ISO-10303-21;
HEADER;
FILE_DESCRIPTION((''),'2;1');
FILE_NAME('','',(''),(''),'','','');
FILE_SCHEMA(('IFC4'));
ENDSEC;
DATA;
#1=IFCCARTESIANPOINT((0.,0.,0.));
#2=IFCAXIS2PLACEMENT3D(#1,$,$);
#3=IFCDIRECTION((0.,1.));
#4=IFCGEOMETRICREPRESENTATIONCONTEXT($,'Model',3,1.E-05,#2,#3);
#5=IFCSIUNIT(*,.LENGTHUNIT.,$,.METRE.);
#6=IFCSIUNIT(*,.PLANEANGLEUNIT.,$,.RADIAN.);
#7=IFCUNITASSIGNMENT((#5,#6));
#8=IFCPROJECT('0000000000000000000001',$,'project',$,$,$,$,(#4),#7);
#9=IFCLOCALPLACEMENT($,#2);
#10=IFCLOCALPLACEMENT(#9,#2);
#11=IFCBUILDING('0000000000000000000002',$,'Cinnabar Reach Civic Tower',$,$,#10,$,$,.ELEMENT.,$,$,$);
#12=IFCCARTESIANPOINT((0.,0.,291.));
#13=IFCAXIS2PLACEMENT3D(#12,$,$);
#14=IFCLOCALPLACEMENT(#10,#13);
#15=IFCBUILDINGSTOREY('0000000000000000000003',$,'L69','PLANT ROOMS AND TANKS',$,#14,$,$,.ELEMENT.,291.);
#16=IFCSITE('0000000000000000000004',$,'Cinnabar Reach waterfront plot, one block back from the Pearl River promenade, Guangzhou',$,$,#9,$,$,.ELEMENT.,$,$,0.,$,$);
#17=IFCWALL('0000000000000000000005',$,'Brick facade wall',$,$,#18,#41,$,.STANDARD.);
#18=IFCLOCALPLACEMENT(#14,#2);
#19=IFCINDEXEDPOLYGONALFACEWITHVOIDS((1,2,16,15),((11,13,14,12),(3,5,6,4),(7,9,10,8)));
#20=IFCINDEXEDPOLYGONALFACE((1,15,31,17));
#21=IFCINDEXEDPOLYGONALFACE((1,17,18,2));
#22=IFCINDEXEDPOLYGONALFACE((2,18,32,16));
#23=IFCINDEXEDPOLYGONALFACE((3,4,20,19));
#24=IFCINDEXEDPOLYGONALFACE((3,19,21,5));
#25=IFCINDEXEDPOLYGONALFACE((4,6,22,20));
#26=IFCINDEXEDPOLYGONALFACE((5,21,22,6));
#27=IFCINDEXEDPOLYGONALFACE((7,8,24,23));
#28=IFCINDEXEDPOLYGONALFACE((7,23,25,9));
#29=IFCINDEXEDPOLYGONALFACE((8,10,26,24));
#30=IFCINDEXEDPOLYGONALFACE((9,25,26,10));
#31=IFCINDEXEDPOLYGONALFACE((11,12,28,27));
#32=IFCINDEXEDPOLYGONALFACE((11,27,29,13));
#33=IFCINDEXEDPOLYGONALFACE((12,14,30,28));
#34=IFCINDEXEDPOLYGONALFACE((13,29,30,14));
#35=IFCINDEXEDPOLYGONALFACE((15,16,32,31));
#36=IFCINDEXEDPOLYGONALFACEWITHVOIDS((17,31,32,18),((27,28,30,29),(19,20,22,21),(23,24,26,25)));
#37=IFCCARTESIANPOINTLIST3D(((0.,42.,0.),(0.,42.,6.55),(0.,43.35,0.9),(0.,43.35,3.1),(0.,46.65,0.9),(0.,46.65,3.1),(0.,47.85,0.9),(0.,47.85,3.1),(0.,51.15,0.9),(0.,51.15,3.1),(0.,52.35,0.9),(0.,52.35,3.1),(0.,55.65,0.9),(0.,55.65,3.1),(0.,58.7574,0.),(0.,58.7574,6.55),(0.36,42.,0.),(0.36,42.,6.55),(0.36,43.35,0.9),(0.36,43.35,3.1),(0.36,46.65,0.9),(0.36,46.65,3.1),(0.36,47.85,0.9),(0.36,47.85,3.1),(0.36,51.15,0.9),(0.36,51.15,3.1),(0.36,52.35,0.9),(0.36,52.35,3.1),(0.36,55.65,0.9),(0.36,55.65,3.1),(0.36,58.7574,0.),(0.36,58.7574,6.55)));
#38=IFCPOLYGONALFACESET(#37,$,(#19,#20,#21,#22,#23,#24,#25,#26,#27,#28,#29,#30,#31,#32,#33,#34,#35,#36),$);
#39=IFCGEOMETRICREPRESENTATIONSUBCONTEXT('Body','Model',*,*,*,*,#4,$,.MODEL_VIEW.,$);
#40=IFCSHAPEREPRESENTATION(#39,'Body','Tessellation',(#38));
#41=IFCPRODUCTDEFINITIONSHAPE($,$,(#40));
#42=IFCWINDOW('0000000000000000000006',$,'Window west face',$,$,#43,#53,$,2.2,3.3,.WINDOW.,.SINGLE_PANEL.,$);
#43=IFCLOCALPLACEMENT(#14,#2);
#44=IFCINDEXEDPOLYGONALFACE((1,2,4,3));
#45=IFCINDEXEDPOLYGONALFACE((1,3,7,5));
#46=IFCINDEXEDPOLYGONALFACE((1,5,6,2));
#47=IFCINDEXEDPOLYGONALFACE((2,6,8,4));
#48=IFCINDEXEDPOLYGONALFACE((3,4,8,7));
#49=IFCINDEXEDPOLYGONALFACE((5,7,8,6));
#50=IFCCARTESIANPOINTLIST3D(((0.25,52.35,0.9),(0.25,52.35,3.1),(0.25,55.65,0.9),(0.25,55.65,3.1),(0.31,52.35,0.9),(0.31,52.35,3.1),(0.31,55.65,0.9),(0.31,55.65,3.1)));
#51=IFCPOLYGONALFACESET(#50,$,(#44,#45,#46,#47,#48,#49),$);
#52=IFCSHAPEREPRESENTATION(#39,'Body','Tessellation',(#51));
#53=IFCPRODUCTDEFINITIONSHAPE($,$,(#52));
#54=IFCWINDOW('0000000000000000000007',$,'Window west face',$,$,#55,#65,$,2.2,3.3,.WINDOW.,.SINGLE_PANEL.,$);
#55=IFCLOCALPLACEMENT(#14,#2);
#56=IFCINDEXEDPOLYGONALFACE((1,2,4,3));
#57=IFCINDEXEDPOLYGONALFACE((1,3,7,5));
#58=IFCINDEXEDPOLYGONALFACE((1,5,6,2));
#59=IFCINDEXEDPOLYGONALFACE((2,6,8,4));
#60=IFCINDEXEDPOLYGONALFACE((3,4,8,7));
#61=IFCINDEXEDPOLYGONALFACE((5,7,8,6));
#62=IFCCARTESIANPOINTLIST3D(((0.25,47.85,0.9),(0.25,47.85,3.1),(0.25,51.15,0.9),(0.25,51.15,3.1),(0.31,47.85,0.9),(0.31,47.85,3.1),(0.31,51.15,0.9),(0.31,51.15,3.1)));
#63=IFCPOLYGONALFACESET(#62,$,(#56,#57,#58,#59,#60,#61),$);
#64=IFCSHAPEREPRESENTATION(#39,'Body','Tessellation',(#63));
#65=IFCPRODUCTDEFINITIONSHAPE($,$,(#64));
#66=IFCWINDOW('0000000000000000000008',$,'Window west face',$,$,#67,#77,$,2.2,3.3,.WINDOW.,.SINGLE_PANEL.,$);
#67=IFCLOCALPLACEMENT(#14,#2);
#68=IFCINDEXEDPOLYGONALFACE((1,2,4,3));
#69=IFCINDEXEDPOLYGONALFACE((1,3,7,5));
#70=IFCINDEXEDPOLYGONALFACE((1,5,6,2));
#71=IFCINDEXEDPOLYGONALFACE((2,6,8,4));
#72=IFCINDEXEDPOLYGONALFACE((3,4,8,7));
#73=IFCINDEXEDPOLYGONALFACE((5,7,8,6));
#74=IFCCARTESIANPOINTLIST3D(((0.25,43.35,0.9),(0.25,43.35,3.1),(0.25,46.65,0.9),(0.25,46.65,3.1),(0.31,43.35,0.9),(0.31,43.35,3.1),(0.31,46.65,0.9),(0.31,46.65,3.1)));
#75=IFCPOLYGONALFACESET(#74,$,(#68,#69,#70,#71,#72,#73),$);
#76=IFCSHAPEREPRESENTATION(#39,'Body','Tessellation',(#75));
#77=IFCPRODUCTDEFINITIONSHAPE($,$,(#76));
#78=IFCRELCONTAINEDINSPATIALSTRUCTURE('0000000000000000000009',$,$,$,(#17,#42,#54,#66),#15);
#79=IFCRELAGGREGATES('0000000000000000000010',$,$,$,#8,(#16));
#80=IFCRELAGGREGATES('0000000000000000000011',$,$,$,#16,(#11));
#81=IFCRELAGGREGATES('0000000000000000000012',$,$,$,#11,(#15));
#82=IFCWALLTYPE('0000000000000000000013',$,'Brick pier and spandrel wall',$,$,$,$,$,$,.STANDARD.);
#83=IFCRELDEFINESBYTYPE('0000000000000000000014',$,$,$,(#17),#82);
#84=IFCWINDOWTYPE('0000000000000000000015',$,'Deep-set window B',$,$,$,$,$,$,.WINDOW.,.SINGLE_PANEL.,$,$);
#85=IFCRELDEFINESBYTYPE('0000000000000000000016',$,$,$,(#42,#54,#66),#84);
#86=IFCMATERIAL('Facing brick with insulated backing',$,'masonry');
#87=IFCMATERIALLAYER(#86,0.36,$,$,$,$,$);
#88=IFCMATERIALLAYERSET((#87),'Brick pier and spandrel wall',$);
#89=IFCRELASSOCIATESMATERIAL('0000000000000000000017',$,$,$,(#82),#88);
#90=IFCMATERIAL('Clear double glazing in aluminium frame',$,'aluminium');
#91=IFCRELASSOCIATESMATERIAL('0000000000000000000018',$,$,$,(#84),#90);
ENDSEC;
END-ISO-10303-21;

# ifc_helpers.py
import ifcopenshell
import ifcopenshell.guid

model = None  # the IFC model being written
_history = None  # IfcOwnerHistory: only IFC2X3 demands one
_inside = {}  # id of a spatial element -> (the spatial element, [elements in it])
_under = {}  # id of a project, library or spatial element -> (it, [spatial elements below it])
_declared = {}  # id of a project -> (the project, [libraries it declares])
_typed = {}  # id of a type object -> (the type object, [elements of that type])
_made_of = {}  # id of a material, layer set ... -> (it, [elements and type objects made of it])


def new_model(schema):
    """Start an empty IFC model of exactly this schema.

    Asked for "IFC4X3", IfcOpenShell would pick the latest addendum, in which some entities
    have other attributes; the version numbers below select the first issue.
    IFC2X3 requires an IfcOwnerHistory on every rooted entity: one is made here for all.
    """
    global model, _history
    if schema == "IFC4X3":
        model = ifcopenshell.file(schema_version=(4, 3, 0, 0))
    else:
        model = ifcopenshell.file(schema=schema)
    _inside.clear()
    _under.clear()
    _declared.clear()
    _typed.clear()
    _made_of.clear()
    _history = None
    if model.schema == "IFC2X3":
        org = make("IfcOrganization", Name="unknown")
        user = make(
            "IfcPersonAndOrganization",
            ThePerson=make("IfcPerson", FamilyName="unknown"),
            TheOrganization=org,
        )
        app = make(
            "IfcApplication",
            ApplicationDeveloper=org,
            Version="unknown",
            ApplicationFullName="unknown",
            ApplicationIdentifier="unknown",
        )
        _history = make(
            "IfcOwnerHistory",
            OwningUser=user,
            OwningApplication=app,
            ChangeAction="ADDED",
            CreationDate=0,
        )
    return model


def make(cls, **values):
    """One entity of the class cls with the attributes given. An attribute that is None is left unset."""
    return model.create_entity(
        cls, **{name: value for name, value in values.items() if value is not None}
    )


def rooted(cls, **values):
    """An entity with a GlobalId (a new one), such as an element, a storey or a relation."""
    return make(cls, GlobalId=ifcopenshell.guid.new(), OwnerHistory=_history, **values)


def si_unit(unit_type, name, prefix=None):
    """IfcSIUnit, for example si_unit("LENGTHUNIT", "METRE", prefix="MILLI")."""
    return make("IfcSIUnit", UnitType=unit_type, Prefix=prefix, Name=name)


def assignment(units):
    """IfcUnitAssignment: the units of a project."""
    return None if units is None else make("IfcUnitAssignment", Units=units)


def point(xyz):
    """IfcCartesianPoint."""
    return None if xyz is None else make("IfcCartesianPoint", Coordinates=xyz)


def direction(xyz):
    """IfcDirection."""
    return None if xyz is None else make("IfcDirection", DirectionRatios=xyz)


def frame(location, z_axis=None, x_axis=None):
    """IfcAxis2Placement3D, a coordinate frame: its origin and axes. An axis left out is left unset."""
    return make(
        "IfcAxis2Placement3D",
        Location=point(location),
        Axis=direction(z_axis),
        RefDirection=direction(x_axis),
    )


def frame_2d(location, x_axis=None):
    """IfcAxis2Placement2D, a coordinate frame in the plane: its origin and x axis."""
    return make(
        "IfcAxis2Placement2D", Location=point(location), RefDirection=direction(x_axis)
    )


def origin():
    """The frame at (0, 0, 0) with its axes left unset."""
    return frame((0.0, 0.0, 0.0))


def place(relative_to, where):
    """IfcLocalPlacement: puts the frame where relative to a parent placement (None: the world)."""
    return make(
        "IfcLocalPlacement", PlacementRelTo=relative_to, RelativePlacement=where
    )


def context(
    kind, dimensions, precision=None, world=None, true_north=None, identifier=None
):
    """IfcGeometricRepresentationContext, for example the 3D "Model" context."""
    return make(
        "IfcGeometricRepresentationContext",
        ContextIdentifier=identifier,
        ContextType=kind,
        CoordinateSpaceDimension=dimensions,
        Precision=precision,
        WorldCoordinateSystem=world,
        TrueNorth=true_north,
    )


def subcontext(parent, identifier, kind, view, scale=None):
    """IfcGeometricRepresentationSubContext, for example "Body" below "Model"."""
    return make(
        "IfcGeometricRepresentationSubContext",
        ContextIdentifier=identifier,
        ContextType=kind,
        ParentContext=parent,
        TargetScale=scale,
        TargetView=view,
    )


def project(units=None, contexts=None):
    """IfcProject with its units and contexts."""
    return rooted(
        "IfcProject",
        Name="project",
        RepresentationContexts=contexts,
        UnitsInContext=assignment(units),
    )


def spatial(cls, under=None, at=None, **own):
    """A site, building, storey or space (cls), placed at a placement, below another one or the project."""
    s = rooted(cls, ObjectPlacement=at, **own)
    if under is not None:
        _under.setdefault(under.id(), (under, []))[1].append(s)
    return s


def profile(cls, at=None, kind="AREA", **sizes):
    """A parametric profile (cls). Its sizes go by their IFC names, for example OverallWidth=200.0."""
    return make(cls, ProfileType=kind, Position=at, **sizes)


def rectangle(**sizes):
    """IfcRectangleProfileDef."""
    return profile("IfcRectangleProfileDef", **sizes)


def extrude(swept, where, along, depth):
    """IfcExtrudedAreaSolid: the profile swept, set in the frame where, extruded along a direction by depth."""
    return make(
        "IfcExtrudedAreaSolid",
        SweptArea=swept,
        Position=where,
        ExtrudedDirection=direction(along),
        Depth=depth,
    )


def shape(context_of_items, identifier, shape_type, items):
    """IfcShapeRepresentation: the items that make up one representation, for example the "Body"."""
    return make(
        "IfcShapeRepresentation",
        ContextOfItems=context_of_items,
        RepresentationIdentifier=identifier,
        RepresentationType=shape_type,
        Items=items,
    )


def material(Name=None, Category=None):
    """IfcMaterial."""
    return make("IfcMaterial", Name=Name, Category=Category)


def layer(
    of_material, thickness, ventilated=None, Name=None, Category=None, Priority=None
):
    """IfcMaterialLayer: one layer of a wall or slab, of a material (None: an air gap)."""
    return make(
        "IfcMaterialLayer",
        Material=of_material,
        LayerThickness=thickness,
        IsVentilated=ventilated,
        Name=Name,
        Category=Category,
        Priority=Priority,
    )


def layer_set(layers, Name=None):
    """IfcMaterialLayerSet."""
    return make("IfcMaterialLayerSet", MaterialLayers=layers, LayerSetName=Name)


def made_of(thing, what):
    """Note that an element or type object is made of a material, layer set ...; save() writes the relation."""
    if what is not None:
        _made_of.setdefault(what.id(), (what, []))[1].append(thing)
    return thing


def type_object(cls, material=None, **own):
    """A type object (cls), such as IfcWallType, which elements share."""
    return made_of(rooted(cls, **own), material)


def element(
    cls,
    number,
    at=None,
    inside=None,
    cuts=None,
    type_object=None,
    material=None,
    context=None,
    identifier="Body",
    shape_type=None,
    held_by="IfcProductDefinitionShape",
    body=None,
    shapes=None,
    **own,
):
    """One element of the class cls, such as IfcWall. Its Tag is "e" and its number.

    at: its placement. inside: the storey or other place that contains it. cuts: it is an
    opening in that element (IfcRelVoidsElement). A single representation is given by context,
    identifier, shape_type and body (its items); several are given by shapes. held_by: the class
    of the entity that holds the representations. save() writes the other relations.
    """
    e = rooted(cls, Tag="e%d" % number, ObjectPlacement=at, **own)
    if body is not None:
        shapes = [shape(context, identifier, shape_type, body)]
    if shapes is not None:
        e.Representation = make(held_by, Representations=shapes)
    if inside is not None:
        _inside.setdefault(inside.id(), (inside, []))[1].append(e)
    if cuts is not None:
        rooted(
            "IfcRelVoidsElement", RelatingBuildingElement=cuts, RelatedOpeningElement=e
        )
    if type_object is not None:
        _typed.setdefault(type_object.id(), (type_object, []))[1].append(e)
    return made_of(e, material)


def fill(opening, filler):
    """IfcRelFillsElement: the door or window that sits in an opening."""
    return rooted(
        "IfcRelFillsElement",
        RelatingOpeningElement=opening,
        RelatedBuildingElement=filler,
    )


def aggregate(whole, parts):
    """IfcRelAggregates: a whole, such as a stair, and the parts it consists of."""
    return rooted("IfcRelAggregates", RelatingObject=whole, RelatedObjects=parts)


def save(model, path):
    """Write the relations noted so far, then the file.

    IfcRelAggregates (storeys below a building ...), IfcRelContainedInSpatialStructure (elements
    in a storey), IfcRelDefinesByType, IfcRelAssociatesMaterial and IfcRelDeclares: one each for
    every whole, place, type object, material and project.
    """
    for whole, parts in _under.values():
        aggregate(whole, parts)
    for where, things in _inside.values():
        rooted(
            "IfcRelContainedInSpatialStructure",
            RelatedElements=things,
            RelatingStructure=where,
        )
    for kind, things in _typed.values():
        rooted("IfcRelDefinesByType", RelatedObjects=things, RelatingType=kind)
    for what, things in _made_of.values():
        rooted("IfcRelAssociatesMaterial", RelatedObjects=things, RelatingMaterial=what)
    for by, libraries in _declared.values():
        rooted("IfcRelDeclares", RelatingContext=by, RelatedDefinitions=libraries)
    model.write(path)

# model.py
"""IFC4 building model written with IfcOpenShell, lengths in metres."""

from ifc_helpers import new_model, si_unit, direction, frame, frame_2d, origin, place, context, subcontext, project, spatial, rectangle, extrude, material, layer, layer_set, type_object, element, fill, save


model = new_model("IFC4")

# Units and contexts
model_context = context("Model", 3, precision=1e-05, world=origin(), true_north=direction((0.0, 1.0)))
body_context = subcontext(model_context, "Body", "Model", "MODEL_VIEW")
ifc_project = project(units=[si_unit("LENGTHUNIT", "METRE"), si_unit("PLANEANGLEUNIT", "RADIAN")], contexts=[model_context])

# Site, building, storey
site_placement = place(None, origin())
site = spatial("IfcSite", under=ifc_project, at=site_placement, Name="Cinnabar Reach waterfront plot, one block back from the Pearl River promenade, Guangzhou", CompositionType="ELEMENT", RefElevation=0.0)
building_placement = place(site_placement, origin())
building = spatial("IfcBuilding", under=site, at=building_placement, Name="Cinnabar Reach Civic Tower", CompositionType="ELEMENT")
storey_placement = place(building_placement, frame((0.0, 0.0, 291.0)))
storey = spatial("IfcBuildingStorey", under=building, at=storey_placement, Name="L69", Description="PLANT ROOMS AND TANKS", CompositionType="ELEMENT", Elevation=291.0)

# Shared definitions
ifc_material_1 = material(Name="Facing brick with insulated backing", Category="masonry")
ifc_layer_1 = layer(ifc_material_1, 0.36)
ifc_layer_set_1 = layer_set([ifc_layer_1], Name="Brick pier and spandrel wall")
wall_type_1 = type_object("IfcWallType", Name="Brick pier and spandrel wall", PredefinedType="STANDARD", material=ifc_layer_set_1)

# Wall, openings, windows
wall_1_placement = place(storey_placement, frame((0.18, 58.7574, 0.0), z_axis=(0.0, 0.0, 1.0), x_axis=(0.0, -1.0, 0.0)))
wall_1 = element("IfcWall", 1, at=wall_1_placement, inside=storey, type_object=wall_type_1, Name="Brick facade wall", PredefinedType="STANDARD", context=body_context, shape_type="SweptSolid", body=[
    extrude(rectangle(XDim=16.7574, YDim=0.36, at=frame_2d((8.3787, 0.0))), origin(), (0.0, 0.0, 1.0), 6.55),
])
opening_1_placement = place(wall_1_placement, frame((3.1074, 0.0, 0.9)))
opening_1 = element("IfcOpeningElement", 2, at=opening_1_placement, cuts=wall_1, PredefinedType="OPENING", context=body_context, shape_type="SweptSolid", body=[
    extrude(rectangle(XDim=3.3, YDim=2.2, at=frame_2d((1.65, 1.1))), frame((0.0, 0.19, 0.0), z_axis=(0.0, -1.0, 0.0), x_axis=(1.0, 0.0, 0.0)), (0.0, 0.0, 1.0), 0.38),
])
opening_2_placement = place(wall_1_placement, frame((7.6074, 0.0, 0.9)))
opening_2 = element("IfcOpeningElement", 3, at=opening_2_placement, cuts=wall_1, PredefinedType="OPENING", context=body_context, shape_type="SweptSolid", body=[
    extrude(rectangle(XDim=3.3, YDim=2.2, at=frame_2d((1.65, 1.1))), frame((0.0, 0.19, 0.0), z_axis=(0.0, -1.0, 0.0), x_axis=(1.0, 0.0, 0.0)), (0.0, 0.0, 1.0), 0.38),
])
opening_3_placement = place(wall_1_placement, frame((12.1074, 0.0, 0.9)))
opening_3 = element("IfcOpeningElement", 4, at=opening_3_placement, cuts=wall_1, PredefinedType="OPENING", context=body_context, shape_type="SweptSolid", body=[
    extrude(rectangle(XDim=3.3, YDim=2.2, at=frame_2d((1.65, 1.1))), frame((0.0, 0.19, 0.0), z_axis=(0.0, -1.0, 0.0), x_axis=(1.0, 0.0, 0.0)), (0.0, 0.0, 1.0), 0.38),
])
ifc_material_2 = material(Name="Clear double glazing in aluminium frame", Category="aluminium")
window_type = type_object("IfcWindowType", Name="Deep-set window B", PartitioningType="SINGLE_PANEL", PredefinedType="WINDOW", material=ifc_material_2)
window_1_placement = place(opening_1_placement, origin())
window_1 = element("IfcWindow", 5, at=window_1_placement, inside=storey, type_object=window_type, Name="Window west face", OverallHeight=2.2, OverallWidth=3.3, PartitioningType="SINGLE_PANEL", PredefinedType="WINDOW", context=body_context, shape_type="SweptSolid", body=[
    extrude(rectangle(XDim=3.3, YDim=2.2, at=frame_2d((1.65, 1.1))), frame((0.0, 0.13, 0.0), z_axis=(0.0, -1.0, 0.0), x_axis=(1.0, 0.0, 0.0)), (0.0, 0.0, 1.0), 0.06),
])
fill(opening_1, window_1)
window_2_placement = place(opening_2_placement, origin())
window_2 = element("IfcWindow", 6, at=window_2_placement, inside=storey, type_object=window_type, Name="Window west face", OverallHeight=2.2, OverallWidth=3.3, PartitioningType="SINGLE_PANEL", PredefinedType="WINDOW", context=body_context, shape_type="SweptSolid", body=[
    extrude(rectangle(XDim=3.3, YDim=2.2, at=frame_2d((1.65, 1.1))), frame((0.0, 0.13, 0.0), z_axis=(0.0, -1.0, 0.0), x_axis=(1.0, 0.0, 0.0)), (0.0, 0.0, 1.0), 0.06),
])
fill(opening_2, window_2)
window_3_placement = place(opening_3_placement, origin())
window_3 = element("IfcWindow", 7, at=window_3_placement, inside=storey, type_object=window_type, Name="Window west face", OverallHeight=2.2, OverallWidth=3.3, PartitioningType="SINGLE_PANEL", PredefinedType="WINDOW", context=body_context, shape_type="SweptSolid", body=[
    extrude(rectangle(XDim=3.3, YDim=2.2, at=frame_2d((1.65, 1.1))), frame((0.0, 0.13, 0.0), z_axis=(0.0, -1.0, 0.0), x_axis=(1.0, 0.0, 0.0)), (0.0, 0.0, 1.0), 0.06),
])
fill(opening_3, window_3)

save(model, "model.ifc")
